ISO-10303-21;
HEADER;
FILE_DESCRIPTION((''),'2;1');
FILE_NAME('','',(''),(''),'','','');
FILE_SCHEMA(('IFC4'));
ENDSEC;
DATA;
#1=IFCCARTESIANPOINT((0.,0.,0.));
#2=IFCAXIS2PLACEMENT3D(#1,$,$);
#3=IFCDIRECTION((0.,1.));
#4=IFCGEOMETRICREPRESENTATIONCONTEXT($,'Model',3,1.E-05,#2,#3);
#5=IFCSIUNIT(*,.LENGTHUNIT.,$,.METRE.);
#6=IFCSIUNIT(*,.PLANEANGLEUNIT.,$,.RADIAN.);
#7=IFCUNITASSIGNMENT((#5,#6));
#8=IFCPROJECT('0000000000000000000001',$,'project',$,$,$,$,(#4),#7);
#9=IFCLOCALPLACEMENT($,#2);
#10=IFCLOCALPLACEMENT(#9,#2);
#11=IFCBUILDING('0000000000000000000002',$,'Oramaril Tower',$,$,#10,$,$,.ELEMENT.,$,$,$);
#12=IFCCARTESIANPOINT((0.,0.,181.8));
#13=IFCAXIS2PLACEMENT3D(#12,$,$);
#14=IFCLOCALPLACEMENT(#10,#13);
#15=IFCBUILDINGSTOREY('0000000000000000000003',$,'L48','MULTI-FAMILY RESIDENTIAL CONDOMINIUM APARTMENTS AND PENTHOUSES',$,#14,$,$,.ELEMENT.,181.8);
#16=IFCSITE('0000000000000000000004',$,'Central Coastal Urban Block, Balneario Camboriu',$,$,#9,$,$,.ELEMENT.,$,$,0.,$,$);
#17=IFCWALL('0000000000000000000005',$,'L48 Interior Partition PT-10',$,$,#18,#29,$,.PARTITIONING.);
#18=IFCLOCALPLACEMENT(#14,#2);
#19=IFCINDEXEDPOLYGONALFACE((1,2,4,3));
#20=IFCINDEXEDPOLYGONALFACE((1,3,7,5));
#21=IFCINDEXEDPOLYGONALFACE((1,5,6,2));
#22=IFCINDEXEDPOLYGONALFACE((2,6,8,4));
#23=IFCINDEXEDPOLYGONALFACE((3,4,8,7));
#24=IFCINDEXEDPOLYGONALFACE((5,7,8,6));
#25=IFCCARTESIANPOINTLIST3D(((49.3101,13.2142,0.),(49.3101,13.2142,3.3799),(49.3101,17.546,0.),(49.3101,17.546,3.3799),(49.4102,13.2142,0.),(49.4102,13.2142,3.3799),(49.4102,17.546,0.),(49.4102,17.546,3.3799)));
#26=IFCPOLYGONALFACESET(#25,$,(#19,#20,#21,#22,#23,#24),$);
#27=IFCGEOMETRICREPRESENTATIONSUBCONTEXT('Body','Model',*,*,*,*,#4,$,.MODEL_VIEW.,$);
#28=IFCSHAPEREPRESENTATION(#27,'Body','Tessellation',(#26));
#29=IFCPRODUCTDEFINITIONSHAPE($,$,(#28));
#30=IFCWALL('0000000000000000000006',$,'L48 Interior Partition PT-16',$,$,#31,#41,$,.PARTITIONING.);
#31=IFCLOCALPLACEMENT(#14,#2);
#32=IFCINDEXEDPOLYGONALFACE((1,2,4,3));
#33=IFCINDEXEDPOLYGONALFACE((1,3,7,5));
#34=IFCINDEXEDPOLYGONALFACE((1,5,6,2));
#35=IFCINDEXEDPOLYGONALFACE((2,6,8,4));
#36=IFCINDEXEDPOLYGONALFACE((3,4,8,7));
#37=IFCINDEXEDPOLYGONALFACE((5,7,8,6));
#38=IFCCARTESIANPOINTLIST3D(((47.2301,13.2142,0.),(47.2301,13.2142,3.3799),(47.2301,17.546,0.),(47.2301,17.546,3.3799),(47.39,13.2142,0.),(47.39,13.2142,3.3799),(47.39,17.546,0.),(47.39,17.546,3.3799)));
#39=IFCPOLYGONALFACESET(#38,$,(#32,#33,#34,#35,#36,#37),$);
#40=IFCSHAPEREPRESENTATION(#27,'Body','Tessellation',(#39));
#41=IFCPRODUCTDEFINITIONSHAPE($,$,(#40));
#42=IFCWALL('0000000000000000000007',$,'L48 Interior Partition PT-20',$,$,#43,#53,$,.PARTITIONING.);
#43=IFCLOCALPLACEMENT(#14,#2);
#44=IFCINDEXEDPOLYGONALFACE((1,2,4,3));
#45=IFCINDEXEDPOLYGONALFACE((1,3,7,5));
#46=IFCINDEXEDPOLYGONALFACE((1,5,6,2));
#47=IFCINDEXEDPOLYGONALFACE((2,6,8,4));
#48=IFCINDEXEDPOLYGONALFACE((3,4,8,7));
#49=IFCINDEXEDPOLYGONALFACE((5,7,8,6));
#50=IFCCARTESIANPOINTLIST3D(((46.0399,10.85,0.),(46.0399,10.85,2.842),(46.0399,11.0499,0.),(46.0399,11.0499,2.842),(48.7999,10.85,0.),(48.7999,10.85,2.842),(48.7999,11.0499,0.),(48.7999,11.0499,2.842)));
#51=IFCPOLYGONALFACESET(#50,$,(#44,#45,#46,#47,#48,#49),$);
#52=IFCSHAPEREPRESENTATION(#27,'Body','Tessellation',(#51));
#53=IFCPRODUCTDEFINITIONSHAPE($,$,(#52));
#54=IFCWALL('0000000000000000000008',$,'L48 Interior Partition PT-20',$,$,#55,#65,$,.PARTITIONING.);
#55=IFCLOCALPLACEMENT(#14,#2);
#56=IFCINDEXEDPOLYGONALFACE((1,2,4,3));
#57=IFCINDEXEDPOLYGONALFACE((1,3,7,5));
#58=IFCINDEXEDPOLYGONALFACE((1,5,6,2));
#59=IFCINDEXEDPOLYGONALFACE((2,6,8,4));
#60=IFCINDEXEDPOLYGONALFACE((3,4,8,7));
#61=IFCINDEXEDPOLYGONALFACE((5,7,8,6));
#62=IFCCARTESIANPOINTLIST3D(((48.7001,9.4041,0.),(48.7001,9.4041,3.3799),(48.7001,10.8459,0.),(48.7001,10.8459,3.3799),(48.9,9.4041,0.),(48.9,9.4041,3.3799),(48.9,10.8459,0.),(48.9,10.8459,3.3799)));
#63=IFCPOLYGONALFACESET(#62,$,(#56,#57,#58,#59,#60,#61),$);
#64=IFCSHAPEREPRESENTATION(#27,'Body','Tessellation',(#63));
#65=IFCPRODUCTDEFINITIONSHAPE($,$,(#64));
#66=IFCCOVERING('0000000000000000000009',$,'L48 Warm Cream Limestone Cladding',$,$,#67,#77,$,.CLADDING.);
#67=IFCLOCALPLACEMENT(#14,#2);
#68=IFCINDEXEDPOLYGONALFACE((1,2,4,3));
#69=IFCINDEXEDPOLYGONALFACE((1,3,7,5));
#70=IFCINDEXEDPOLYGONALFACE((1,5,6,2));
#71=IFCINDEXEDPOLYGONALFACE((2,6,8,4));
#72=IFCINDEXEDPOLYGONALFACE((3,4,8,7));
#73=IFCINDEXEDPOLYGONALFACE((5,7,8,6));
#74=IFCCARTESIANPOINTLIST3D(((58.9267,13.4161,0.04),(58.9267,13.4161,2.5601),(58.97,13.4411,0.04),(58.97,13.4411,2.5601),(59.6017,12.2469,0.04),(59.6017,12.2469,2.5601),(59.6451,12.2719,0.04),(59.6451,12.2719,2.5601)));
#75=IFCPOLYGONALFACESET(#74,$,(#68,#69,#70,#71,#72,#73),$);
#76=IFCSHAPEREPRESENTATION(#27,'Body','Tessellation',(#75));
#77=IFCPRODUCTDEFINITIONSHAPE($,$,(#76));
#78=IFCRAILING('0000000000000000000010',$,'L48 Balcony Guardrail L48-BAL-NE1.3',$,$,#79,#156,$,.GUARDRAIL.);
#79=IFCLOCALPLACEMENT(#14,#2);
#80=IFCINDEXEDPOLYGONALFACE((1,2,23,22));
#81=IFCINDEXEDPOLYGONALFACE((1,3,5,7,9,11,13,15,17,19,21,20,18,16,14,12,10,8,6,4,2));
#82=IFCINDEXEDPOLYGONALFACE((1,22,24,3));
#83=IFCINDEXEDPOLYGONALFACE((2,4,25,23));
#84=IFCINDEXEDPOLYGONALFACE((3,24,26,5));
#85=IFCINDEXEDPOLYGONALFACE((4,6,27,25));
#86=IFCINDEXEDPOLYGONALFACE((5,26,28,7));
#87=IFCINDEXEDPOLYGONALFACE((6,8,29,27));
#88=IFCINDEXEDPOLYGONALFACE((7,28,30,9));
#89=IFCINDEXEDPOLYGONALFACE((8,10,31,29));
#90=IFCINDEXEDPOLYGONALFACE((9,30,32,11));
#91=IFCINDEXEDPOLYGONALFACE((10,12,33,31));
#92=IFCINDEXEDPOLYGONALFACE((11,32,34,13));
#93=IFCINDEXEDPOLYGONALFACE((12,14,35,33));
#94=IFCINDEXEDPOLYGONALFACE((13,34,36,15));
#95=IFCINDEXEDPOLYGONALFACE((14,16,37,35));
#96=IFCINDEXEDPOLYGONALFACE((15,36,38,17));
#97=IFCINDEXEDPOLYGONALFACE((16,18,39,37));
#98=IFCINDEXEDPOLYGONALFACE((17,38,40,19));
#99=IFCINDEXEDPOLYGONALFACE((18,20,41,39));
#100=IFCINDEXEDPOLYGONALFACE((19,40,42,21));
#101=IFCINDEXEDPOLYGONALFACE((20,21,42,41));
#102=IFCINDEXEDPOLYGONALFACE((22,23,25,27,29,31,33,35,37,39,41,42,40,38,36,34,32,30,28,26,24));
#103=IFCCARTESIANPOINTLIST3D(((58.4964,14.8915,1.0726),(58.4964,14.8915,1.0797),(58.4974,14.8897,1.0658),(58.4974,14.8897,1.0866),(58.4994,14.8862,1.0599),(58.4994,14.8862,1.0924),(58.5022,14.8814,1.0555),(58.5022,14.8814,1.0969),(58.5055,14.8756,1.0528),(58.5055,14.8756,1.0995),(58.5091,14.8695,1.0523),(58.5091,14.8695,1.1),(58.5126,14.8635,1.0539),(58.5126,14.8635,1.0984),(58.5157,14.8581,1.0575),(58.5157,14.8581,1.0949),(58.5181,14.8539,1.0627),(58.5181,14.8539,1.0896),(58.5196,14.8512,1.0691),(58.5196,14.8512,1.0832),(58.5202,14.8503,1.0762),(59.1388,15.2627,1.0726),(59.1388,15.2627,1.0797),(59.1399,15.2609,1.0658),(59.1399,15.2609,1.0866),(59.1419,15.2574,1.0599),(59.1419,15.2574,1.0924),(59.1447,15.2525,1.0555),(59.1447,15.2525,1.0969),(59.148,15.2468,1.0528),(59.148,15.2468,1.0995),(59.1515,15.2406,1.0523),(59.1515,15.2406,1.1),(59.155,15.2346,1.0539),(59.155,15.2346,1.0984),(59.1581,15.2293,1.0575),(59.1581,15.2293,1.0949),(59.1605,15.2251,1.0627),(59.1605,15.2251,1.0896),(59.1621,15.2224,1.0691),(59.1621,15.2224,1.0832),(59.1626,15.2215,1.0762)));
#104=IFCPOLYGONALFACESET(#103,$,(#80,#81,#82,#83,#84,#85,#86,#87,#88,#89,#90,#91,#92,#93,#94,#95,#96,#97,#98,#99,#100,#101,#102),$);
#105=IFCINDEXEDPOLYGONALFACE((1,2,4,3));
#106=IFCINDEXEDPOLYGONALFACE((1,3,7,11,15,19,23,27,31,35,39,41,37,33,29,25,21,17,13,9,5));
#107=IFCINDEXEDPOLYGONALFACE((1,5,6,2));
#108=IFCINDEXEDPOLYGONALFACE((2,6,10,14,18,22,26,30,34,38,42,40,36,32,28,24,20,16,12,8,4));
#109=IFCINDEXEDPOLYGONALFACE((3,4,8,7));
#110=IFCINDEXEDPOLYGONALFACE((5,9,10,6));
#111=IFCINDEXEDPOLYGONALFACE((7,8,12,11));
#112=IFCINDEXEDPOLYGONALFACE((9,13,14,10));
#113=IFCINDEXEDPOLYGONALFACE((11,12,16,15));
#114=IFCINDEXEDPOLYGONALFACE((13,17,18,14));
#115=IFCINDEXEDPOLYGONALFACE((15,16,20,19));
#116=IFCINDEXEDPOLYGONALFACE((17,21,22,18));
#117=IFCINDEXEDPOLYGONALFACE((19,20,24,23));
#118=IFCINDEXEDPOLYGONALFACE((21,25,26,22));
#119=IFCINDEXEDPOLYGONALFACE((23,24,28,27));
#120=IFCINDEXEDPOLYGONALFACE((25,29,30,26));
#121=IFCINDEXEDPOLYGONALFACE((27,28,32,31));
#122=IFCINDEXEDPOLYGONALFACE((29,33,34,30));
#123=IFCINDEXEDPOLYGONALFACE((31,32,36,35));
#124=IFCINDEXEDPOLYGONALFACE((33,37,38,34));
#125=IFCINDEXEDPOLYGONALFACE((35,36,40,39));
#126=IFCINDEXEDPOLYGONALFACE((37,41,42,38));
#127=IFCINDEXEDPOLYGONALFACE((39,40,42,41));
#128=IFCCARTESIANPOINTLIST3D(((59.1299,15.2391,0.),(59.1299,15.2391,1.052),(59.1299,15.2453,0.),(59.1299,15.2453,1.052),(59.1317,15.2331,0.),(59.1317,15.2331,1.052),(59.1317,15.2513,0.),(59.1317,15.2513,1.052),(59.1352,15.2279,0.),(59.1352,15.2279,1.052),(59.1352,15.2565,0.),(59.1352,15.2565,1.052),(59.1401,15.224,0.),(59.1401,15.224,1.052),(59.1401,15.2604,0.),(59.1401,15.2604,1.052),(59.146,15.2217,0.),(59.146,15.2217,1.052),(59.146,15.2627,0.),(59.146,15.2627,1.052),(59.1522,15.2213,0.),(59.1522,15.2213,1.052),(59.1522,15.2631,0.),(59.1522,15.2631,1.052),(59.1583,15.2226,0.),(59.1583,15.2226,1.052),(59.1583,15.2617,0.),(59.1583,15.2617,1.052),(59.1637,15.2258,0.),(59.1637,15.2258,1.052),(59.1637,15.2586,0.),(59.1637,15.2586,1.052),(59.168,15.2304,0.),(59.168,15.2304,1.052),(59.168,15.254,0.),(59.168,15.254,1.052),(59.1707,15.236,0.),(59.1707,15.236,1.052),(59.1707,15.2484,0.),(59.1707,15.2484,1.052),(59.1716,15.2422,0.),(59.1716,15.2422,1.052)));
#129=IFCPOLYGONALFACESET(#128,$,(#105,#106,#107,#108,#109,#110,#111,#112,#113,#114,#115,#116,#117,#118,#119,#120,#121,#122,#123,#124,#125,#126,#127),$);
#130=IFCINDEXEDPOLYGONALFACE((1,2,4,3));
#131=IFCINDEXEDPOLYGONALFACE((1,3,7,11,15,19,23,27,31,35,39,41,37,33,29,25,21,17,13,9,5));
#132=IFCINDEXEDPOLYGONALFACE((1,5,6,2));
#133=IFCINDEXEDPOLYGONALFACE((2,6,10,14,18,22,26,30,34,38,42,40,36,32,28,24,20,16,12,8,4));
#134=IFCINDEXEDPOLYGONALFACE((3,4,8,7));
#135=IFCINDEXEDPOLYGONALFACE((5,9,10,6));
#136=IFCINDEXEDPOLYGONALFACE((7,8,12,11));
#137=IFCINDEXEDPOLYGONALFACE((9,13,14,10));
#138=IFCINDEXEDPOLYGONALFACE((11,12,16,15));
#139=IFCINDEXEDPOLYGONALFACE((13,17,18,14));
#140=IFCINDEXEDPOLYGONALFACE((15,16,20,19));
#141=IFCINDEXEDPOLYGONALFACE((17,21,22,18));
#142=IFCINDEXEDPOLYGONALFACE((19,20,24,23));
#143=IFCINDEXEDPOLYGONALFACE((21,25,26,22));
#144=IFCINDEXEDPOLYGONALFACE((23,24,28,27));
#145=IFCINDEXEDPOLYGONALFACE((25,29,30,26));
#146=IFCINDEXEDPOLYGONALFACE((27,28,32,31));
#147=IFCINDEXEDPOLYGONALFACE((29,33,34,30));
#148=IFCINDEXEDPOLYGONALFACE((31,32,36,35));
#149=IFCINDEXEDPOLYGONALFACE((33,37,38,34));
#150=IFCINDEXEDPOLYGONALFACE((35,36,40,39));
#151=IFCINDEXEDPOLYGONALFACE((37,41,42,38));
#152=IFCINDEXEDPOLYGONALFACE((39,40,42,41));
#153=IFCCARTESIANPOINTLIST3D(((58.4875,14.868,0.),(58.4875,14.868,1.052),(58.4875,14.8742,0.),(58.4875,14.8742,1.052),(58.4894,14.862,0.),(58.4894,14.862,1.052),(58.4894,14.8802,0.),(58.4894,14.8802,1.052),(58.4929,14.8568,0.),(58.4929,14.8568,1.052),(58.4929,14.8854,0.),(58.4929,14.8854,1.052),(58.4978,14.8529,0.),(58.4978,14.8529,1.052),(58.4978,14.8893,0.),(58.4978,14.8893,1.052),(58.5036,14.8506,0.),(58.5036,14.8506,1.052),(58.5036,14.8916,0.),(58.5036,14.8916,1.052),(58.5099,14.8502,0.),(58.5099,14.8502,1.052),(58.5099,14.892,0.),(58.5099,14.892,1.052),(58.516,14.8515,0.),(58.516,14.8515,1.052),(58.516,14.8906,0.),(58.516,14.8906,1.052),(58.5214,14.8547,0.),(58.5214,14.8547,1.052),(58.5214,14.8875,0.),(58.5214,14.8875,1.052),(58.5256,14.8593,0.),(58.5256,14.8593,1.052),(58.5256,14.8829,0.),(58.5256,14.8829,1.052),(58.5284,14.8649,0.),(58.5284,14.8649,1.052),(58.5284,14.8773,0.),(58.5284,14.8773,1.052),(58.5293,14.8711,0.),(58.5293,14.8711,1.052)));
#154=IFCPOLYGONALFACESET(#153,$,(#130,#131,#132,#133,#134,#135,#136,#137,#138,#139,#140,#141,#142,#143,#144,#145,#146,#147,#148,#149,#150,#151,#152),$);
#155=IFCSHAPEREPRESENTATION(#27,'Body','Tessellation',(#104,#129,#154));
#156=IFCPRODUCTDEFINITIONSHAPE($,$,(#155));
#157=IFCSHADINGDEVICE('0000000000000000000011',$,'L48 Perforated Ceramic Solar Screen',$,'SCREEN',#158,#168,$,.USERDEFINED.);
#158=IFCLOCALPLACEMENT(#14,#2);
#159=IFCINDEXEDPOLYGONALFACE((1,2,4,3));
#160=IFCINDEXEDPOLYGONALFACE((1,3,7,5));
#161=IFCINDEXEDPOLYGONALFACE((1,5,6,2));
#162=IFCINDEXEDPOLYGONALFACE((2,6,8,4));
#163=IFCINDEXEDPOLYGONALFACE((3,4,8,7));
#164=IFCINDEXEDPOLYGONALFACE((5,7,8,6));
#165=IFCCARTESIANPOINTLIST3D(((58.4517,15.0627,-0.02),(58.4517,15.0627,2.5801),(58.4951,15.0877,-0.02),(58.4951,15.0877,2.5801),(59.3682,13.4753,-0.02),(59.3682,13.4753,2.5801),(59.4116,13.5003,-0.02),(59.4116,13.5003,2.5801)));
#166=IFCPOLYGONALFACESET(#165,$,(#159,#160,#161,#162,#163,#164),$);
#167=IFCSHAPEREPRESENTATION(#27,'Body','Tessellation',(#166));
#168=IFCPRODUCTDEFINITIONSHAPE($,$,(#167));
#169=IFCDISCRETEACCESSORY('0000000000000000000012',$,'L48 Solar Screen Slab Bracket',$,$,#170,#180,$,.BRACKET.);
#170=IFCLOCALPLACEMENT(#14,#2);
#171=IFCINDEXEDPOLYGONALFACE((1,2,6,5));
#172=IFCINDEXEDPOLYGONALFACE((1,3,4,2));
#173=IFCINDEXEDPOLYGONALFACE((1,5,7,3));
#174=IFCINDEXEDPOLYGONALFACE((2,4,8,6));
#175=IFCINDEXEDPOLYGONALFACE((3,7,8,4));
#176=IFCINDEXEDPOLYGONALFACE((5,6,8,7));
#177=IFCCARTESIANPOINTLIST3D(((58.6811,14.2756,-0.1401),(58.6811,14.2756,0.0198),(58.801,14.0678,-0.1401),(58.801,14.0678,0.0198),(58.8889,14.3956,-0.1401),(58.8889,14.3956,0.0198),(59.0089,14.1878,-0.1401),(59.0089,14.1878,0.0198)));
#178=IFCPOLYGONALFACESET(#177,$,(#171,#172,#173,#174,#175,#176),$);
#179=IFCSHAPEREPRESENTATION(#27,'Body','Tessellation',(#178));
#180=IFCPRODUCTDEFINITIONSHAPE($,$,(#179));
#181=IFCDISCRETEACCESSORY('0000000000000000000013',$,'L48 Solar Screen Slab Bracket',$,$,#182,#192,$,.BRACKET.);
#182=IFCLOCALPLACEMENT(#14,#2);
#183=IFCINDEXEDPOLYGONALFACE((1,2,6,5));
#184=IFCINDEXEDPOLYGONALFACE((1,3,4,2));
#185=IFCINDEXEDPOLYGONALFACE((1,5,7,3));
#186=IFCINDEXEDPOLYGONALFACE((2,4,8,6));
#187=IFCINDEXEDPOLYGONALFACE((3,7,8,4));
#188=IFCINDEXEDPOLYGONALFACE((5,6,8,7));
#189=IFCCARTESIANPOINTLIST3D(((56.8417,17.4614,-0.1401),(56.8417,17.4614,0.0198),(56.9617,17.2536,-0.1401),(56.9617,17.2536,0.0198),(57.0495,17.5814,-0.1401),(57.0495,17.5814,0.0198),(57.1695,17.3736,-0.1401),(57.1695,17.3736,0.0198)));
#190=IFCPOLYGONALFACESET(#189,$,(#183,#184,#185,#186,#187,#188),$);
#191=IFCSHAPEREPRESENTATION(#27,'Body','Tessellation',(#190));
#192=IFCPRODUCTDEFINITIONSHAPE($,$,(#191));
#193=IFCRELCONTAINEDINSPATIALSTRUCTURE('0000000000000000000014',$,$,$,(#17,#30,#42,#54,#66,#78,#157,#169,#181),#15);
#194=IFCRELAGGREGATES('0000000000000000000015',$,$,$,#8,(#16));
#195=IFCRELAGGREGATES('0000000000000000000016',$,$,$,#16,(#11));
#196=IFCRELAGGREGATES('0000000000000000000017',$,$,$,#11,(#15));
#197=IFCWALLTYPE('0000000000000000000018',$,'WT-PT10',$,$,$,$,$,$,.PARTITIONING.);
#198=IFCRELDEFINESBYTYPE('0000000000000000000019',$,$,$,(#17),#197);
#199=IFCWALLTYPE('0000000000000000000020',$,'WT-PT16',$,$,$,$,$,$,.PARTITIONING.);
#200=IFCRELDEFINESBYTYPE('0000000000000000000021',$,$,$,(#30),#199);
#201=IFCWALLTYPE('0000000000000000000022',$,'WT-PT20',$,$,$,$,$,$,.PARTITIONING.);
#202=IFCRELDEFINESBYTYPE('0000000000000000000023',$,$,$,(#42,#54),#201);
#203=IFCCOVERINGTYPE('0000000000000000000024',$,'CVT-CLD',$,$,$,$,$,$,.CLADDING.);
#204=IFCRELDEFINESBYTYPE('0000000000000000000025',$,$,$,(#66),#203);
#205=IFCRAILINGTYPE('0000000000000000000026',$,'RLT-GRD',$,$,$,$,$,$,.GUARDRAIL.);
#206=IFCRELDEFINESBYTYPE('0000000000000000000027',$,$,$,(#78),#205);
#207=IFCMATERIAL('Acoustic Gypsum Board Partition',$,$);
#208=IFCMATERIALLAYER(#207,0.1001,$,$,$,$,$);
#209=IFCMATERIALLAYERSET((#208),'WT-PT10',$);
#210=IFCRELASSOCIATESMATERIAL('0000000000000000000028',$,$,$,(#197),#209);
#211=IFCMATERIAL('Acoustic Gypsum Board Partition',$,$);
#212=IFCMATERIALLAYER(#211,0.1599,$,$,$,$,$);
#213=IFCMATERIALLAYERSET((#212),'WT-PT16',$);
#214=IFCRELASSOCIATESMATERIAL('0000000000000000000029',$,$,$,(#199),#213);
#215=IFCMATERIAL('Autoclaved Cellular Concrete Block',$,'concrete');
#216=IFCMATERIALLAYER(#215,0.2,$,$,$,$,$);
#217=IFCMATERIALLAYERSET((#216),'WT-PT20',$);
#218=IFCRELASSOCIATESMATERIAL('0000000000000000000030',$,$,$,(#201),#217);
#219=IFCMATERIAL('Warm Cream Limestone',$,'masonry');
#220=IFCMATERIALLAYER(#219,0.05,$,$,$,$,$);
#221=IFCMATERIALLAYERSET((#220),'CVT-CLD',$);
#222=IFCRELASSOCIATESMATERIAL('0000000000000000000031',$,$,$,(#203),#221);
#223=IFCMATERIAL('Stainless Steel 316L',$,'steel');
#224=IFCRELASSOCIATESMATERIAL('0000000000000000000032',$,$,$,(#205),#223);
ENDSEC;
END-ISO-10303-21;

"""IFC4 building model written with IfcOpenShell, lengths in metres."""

from ifc_helpers import new_model, si_unit, direction, frame, frame_2d, origin, origin_2d, place, context, subcontext, project, spatial, rectangle, circle, extrude, material, layer, layer_set, type_object, element, save


model = new_model("IFC4")

# Units and contexts
model_context = context("Model", 3, precision=1e-05, world=origin(), true_north=direction((0.0, 1.0)))
body_context = subcontext(model_context, "Body", "Model", "MODEL_VIEW")
ifc_project = project(units=[si_unit("LENGTHUNIT", "METRE"), si_unit("PLANEANGLEUNIT", "RADIAN")], contexts=[model_context])

# Site, building, storey
site_placement = place(None, origin())
site = spatial("IfcSite", under=ifc_project, at=site_placement, Name="Central Coastal Urban Block, Balneario Camboriu", CompositionType="ELEMENT", RefElevation=0.0)
building_placement = place(site_placement, origin())
building = spatial("IfcBuilding", under=site, at=building_placement, Name="Oramaril Tower", CompositionType="ELEMENT")
storey_placement = place(building_placement, frame((0.0, 0.0, 181.8)))
storey = spatial("IfcBuildingStorey", under=building, at=storey_placement, Name="L48", Description="MULTI-FAMILY RESIDENTIAL CONDOMINIUM APARTMENTS AND PENTHOUSES", CompositionType="ELEMENT", Elevation=181.8)

# Walls
ifc_material_1 = material(Name="Acoustic Gypsum Board Partition")
ifc_layer_1 = layer(ifc_material_1, 0.1001)
ifc_layer_set_1 = layer_set([ifc_layer_1], Name="WT-PT10")
wall_type_1 = type_object("IfcWallType", Name="WT-PT10", PredefinedType="PARTITIONING", material=ifc_layer_set_1)
wall_1_placement = place(storey_placement, frame((49.3601, 13.2141, 0.0), z_axis=(0.0, 0.0, 1.0), x_axis=(0.0, 1.0, 0.0)))
element("IfcWall", 1, at=wall_1_placement, inside=storey, type_object=wall_type_1, Name="L48 Interior Partition PT-10", PredefinedType="PARTITIONING", context=body_context, shape_type="SweptSolid", body=[
    extrude(rectangle(XDim=4.3318, YDim=0.1001, at=frame_2d((2.166, 0.0))), origin(), (0.0, 0.0, 1.0), 3.3799),
])
ifc_material_2 = material(Name="Acoustic Gypsum Board Partition")
ifc_layer_2 = layer(ifc_material_2, 0.1599)
ifc_layer_set_2 = layer_set([ifc_layer_2], Name="WT-PT16")
wall_type_2 = type_object("IfcWallType", Name="WT-PT16", PredefinedType="PARTITIONING", material=ifc_layer_set_2)
wall_2_placement = place(storey_placement, frame((47.3101, 13.2141, 0.0), z_axis=(0.0, 0.0, 1.0), x_axis=(0.0, 1.0, 0.0)))
element("IfcWall", 2, at=wall_2_placement, inside=storey, type_object=wall_type_2, Name="L48 Interior Partition PT-16", PredefinedType="PARTITIONING", context=body_context, shape_type="SweptSolid", body=[
    extrude(rectangle(XDim=4.3318, YDim=0.1599, at=frame_2d((2.166, 0.0))), origin(), (0.0, 0.0, 1.0), 3.3799),
])
ifc_material_3 = material(Name="Autoclaved Cellular Concrete Block", Category="concrete")
ifc_layer_3 = layer(ifc_material_3, 0.2)
ifc_layer_set_3 = layer_set([ifc_layer_3], Name="WT-PT20")
wall_type_3 = type_object("IfcWallType", Name="WT-PT20", PredefinedType="PARTITIONING", material=ifc_layer_set_3)
wall_3_placement = place(storey_placement, frame((46.04, 10.95, 0.0), z_axis=(0.0, 0.0, 1.0), x_axis=(1.0, 0.0, 0.0)))
element("IfcWall", 3, at=wall_3_placement, inside=storey, type_object=wall_type_3, Name="L48 Interior Partition PT-20", PredefinedType="PARTITIONING", context=body_context, shape_type="SweptSolid", body=[
    extrude(rectangle(XDim=2.76, YDim=0.2, at=frame_2d((1.3799, 0.0))), origin(), (0.0, 0.0, 1.0), 2.842),
])
wall_4_placement = place(storey_placement, frame((48.8, 9.4041, 0.0), z_axis=(0.0, 0.0, 1.0), x_axis=(0.0, 1.0, 0.0)))
element("IfcWall", 4, at=wall_4_placement, inside=storey, type_object=wall_type_3, Name="L48 Interior Partition PT-20", PredefinedType="PARTITIONING", context=body_context, shape_type="SweptSolid", body=[
    extrude(rectangle(XDim=1.4419, YDim=0.2, at=frame_2d((0.7209, 0.0))), origin(), (0.0, 0.0, 1.0), 3.3799),
])

# Covering
ifc_material_4 = material(Name="Warm Cream Limestone", Category="masonry")
ifc_layer_4 = layer(ifc_material_4, 0.05)
ifc_layer_set_4 = layer_set([ifc_layer_4], Name="CVT-CLD")
covering_type = type_object("IfcCoveringType", Name="CVT-CLD", PredefinedType="CLADDING", material=ifc_layer_set_4)
covering_placement = place(storey_placement, frame((59.2859, 12.844, 0.04), z_axis=(0.0, 0.0, 1.0), x_axis=(-0.5, 0.866025, 0.0)))
element("IfcCovering", 5, at=covering_placement, inside=storey, type_object=covering_type, Name="L48 Warm Cream Limestone Cladding", PredefinedType="CLADDING", context=body_context, shape_type="SweptSolid", body=[
    extrude(rectangle(XDim=1.3501, YDim=0.05, at=origin_2d()), origin(), (0.0, 0.0, 1.0), 2.52),
])

# Railing
ifc_material_5 = material(Name="Stainless Steel 316L", Category="steel")
railing_type = type_object("IfcRailingType", Name="RLT-GRD", PredefinedType="GUARDRAIL", material=ifc_material_5)
railing_placement = place(storey_placement, frame((59.1506, 15.2422, 0.0)))
element("IfcRailing", 6, at=railing_placement, inside=storey, type_object=railing_type, Name="L48 Balcony Guardrail L48-BAL-NE1.3", PredefinedType="GUARDRAIL", context=body_context, shape_type="SweptSolid", body=[
    extrude(circle(Radius=0.0239, at=origin_2d()), frame((0.0, 0.0, 1.0762), z_axis=(-0.865884, -0.500245, 0.0), x_axis=(0.500245, -0.865884, 0.0)), (0.0, 0.0, 1.0), 0.7419),
    extrude(circle(Radius=0.021, at=origin_2d()), origin(), (0.0, 0.0, 1.0), 1.052),
    extrude(circle(Radius=0.021, at=origin_2d()), frame((-0.6423, -0.3711, 0.0)), (0.0, 0.0, 1.0), 1.052),
])

# Shading device
shading_device_placement = place(storey_placement, frame((58.9316, 14.2815, -0.02), z_axis=(0.0, 0.0, 1.0), x_axis=(-0.5, 0.866025, 0.0)))
element("IfcShadingDevice", 7, at=shading_device_placement, inside=storey, Name="L48 Perforated Ceramic Solar Screen", ObjectType="SCREEN", PredefinedType="USERDEFINED", context=body_context, shape_type="SweptSolid", body=[
    extrude(rectangle(XDim=1.833, YDim=0.05, at=origin_2d()), origin(), (0.0, 0.0, 1.0), 2.6001),
])

# Discrete accessories
for number, where, z_axis, x_axis, name in (
    (8, (58.845, 14.2317, -0.1401), (0.0, 0.0, 1.0), (-0.5, 0.866025, 0.0), "L48 Solar Screen Slab Bracket"),
    (9, (57.0056, 17.4175, -0.1401), (0.0, 0.0, 1.0), (-0.5, 0.866025, 0.0), "L48 Solar Screen Slab Bracket"),
):
    element("IfcDiscreteAccessory", number, at=place(storey_placement, frame(where, z_axis=z_axis, x_axis=x_axis)), inside=storey, Name=name, PredefinedType="BRACKET", context=body_context, shape_type="SweptSolid", body=[
        extrude(rectangle(XDim=0.24, YDim=0.24, at=origin_2d()), origin(), (0.0, 0.0, 1.0), 0.1599),
    ])

save(model, "model.ifc")
